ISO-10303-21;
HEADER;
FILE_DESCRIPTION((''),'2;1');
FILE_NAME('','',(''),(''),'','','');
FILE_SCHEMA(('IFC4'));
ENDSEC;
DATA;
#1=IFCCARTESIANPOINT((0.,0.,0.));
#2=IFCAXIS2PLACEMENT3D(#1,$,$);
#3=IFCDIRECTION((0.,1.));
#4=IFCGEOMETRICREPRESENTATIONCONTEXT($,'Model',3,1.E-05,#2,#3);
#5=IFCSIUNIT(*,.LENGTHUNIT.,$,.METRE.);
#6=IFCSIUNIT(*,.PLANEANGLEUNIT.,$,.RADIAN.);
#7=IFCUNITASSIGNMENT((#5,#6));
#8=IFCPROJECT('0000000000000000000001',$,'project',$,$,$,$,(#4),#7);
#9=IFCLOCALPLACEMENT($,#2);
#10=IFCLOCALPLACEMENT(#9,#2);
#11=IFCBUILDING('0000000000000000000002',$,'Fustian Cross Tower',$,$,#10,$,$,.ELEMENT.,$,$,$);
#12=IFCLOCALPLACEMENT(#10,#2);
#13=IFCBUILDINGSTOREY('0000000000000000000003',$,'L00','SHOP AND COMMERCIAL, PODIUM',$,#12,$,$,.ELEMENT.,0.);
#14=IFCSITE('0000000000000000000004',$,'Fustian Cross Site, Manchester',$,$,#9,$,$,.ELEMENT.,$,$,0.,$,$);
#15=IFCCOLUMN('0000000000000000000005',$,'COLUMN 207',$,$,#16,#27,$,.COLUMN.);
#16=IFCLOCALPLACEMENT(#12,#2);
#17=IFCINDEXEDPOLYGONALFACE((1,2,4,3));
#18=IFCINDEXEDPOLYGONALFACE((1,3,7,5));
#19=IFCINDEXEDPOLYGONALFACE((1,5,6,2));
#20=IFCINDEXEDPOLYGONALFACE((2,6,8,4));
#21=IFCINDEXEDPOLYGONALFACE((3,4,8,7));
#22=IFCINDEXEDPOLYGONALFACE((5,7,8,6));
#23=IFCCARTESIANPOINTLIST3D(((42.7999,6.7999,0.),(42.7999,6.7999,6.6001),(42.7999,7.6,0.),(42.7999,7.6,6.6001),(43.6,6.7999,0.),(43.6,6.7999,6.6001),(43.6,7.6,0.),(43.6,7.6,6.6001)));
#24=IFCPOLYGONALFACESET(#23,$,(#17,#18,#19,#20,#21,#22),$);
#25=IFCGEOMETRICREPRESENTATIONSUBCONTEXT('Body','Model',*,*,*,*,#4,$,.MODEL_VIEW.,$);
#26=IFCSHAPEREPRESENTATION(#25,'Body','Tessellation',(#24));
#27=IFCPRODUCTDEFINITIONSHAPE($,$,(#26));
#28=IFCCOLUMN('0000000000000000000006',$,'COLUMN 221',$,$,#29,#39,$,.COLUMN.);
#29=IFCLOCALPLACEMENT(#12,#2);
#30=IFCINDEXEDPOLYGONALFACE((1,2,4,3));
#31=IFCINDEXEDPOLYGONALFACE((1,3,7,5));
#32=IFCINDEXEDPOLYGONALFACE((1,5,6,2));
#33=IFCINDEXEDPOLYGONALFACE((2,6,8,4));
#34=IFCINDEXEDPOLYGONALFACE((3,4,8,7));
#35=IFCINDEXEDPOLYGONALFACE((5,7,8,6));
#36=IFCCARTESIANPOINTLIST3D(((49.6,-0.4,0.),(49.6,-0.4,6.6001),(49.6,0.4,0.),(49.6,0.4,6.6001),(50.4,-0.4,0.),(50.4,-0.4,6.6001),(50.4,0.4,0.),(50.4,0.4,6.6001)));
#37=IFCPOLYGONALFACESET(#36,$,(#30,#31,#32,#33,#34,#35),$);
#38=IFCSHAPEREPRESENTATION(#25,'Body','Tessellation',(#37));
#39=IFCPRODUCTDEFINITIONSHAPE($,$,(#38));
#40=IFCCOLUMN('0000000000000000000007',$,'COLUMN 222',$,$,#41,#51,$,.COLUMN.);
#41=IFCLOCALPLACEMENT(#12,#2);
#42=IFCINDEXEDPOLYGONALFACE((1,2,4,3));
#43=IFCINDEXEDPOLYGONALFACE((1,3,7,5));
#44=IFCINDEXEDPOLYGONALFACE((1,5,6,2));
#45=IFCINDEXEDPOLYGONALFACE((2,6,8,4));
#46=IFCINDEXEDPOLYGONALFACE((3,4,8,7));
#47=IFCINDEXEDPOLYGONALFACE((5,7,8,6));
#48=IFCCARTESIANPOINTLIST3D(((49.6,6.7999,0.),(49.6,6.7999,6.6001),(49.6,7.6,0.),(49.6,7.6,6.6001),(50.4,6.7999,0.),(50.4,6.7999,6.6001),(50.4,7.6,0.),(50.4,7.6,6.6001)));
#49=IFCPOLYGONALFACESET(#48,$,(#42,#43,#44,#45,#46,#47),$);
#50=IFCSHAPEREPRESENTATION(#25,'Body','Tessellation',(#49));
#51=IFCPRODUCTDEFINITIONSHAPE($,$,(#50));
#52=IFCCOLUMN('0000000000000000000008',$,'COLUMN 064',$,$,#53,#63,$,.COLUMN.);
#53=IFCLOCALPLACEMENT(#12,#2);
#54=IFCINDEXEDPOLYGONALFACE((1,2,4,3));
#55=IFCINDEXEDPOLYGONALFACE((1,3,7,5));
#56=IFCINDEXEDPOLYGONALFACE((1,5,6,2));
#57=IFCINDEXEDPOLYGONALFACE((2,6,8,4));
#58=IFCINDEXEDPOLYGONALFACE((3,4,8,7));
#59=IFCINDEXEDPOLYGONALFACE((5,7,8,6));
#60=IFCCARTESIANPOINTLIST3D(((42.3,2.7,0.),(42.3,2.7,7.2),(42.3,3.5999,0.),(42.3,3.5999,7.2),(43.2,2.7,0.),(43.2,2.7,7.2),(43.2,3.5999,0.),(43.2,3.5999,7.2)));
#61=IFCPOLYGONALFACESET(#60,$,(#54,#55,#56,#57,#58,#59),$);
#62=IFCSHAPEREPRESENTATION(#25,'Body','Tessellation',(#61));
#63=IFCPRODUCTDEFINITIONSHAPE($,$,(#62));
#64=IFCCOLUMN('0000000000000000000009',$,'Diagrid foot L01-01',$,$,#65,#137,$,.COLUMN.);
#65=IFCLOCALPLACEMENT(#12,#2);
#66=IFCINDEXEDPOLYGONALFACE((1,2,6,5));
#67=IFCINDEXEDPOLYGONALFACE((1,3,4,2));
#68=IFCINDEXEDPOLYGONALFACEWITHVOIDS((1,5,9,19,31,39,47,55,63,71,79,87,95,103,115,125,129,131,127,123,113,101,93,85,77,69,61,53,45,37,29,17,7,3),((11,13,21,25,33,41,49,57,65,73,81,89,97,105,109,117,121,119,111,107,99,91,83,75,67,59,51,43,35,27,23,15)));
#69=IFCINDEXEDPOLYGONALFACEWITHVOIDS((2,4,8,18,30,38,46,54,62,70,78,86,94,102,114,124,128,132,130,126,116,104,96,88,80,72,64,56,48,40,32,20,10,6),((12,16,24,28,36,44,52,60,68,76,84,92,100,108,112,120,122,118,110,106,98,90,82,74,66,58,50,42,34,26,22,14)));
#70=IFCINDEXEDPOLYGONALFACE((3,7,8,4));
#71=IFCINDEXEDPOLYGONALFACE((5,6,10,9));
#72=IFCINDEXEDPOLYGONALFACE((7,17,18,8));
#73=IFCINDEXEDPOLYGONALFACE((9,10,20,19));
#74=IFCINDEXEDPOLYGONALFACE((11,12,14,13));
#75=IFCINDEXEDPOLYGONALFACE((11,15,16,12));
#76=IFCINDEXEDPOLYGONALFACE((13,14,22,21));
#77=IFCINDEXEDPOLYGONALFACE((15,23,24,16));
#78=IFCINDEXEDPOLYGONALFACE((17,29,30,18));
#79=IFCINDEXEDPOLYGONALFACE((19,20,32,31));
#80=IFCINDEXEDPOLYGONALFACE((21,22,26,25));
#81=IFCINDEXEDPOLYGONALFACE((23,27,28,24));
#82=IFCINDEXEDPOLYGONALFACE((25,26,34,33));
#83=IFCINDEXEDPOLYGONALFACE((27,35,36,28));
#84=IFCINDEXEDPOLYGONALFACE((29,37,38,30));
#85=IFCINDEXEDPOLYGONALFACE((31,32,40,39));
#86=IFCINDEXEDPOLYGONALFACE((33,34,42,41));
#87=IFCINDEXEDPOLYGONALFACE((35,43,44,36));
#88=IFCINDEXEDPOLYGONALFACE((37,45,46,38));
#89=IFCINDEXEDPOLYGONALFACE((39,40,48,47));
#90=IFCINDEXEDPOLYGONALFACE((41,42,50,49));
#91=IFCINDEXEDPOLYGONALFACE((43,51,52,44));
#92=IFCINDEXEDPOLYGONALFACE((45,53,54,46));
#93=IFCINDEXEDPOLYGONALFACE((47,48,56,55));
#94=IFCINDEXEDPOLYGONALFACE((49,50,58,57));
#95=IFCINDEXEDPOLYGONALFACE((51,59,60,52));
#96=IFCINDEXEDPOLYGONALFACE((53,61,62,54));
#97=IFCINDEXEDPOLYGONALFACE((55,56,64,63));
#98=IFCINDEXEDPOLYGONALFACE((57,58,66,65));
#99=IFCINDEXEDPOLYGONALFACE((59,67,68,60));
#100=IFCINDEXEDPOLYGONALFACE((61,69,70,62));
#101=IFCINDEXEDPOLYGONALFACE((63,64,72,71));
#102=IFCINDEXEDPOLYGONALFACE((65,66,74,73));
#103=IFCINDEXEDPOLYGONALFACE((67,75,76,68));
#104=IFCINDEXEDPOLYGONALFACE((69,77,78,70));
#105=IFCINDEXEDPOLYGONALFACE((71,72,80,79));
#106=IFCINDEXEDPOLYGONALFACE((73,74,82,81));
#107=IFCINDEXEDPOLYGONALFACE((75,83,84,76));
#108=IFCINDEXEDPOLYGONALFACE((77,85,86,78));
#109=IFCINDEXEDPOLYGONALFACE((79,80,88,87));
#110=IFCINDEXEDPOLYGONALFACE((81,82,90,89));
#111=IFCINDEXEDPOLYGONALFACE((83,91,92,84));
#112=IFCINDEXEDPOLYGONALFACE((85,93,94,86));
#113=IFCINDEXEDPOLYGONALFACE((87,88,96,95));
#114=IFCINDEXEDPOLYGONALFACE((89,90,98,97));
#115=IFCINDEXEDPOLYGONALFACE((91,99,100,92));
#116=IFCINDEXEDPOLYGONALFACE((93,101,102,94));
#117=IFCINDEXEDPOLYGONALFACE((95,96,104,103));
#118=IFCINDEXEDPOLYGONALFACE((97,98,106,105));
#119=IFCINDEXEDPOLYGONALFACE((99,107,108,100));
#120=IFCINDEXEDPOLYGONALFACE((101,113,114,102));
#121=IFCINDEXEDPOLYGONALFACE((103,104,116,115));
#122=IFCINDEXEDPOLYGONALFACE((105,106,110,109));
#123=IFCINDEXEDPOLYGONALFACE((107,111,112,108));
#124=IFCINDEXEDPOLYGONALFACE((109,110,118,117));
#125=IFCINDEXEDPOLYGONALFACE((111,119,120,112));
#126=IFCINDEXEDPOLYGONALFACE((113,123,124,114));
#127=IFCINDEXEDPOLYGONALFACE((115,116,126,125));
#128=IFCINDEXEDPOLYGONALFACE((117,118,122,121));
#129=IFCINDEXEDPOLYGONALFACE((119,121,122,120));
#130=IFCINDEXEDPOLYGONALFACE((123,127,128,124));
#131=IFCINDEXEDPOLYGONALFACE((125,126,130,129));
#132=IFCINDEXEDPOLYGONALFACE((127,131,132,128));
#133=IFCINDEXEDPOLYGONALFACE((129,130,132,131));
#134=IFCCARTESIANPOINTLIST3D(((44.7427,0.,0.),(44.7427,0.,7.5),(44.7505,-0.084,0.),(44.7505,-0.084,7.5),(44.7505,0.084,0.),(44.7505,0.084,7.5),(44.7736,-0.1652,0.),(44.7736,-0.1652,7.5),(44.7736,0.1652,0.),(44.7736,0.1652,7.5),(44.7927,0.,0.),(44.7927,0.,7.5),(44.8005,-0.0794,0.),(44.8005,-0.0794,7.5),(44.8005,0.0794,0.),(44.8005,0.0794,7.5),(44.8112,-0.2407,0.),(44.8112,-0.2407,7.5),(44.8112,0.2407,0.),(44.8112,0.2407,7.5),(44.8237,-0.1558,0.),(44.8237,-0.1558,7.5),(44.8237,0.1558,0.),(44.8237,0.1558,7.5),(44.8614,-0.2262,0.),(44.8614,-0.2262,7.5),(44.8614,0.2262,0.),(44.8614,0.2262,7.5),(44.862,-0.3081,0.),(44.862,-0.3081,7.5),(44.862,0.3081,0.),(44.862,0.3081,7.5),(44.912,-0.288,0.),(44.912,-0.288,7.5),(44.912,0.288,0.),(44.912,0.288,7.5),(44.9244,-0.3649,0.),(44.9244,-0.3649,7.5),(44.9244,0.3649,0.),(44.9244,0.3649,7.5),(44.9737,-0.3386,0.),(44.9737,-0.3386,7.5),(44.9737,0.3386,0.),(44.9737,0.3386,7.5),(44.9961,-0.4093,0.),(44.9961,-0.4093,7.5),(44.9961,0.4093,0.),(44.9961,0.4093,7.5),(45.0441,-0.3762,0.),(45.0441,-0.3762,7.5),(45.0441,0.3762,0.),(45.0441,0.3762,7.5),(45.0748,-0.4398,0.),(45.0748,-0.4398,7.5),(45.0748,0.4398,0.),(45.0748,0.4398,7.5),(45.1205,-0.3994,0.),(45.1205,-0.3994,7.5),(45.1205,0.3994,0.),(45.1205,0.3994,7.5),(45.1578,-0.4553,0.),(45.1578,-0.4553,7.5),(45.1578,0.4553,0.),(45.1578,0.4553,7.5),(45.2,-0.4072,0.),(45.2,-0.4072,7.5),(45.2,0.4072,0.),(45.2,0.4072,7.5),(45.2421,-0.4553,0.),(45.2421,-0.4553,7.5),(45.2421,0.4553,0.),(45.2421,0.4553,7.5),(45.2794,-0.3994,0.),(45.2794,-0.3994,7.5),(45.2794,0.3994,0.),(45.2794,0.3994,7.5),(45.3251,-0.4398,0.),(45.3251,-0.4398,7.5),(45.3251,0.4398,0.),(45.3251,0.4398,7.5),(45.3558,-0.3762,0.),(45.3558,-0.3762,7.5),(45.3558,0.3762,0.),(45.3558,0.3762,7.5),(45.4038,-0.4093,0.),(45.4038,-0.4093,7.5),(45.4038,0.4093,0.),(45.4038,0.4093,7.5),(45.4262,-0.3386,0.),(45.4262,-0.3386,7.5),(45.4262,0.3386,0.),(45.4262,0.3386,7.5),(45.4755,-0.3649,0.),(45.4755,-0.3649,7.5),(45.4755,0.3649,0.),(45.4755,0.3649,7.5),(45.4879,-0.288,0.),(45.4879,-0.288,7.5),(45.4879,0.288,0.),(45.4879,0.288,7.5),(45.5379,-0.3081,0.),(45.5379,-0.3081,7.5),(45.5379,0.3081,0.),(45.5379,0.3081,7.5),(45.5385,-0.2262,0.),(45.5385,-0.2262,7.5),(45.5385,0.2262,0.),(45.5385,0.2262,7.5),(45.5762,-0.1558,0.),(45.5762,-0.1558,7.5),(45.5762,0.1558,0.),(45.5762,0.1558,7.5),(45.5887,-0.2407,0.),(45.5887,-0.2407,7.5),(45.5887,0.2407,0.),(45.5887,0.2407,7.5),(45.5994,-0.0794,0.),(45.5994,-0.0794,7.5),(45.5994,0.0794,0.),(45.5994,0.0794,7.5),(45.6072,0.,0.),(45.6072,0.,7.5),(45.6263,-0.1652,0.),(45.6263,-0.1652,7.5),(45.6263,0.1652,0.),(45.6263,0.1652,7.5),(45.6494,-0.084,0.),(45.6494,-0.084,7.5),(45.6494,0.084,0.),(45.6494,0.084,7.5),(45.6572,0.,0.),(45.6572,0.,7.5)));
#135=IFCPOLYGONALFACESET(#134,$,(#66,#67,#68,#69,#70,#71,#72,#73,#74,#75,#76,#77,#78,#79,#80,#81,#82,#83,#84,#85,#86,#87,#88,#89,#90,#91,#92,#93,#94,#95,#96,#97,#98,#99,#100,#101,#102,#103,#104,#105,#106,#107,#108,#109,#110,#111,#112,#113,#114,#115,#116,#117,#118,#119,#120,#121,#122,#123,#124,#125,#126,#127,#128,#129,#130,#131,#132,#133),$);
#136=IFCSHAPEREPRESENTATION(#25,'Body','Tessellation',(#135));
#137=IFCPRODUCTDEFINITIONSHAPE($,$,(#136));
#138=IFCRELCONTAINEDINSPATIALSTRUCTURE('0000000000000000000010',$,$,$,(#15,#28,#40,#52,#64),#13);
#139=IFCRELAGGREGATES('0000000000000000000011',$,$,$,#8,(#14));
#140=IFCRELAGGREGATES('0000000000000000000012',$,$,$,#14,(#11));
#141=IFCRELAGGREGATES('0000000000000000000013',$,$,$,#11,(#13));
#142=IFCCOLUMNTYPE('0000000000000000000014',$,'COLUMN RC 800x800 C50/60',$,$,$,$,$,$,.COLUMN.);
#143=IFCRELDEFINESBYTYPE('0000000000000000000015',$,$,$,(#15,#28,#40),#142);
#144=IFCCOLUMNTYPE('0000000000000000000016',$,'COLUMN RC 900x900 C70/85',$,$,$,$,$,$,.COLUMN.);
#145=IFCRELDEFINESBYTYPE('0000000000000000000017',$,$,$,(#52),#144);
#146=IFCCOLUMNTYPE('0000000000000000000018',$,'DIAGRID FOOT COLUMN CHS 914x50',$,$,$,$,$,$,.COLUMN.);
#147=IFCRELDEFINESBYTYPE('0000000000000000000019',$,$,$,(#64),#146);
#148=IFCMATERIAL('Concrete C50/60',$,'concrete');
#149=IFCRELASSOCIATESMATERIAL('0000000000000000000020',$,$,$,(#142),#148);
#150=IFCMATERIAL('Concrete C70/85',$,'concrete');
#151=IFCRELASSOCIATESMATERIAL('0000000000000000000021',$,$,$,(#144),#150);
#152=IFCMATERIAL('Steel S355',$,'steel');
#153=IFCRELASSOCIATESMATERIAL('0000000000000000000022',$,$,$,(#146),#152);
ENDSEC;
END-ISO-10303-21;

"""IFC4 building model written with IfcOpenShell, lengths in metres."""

from ifc_helpers import new_model, si_unit, direction, frame, origin, origin_2d, place, context, subcontext, project, spatial, rectangle, hollow_circle, extrude, material, material_profile, profile_set, type_object, element, save


model = new_model("IFC4")

# Units and contexts
model_context = context("Model", 3, precision=1e-05, world=origin(), true_north=direction((0.0, 1.0)))
body_context = subcontext(model_context, "Body", "Model", "MODEL_VIEW")
ifc_project = project(units=[si_unit("LENGTHUNIT", "METRE"), si_unit("PLANEANGLEUNIT", "RADIAN")], contexts=[model_context])

# Site, building, storey
site_placement = place(None, origin())
site = spatial("IfcSite", under=ifc_project, at=site_placement, Name="Fustian Cross Site, Manchester", CompositionType="ELEMENT", RefElevation=0.0)
building_placement = place(site_placement, origin())
building = spatial("IfcBuilding", under=site, at=building_placement, Name="Fustian Cross Tower", CompositionType="ELEMENT")
storey_placement = place(building_placement, origin())
storey = spatial("IfcBuildingStorey", under=building, at=storey_placement, Name="L00", Description="SHOP AND COMMERCIAL, PODIUM", CompositionType="ELEMENT", Elevation=0.0)

# Columns
ifc_material_1 = material(Name="Concrete C50/60", Category="concrete")
ifc_material_profile_1 = material_profile(ifc_material_1, rectangle(XDim=0.8, YDim=0.8, at=origin_2d()), Name="RC 800x800")
ifc_profile_set_1 = profile_set([ifc_material_profile_1], Name="Concrete C50/60")
column_type_1 = type_object("IfcColumnType", Name="COLUMN RC 800x800 C50/60", PredefinedType="COLUMN", material=ifc_profile_set_1)
for number, where, z_axis, x_axis, name in (
    (1, (43.2, 7.2, 0.0), (0.0, 0.0, 1.0), (1.0, 0.0, 0.0), "COLUMN 207"),
    (2, (50.0, 0.0, 0.0), (0.0, 0.0, 1.0), (1.0, 0.0, 0.0), "COLUMN 221"),
    (3, (50.0, 7.2, 0.0), (0.0, 0.0, 1.0), (1.0, 0.0, 0.0), "COLUMN 222"),
):
    element("IfcColumn", number, at=place(storey_placement, frame(where, z_axis=z_axis, x_axis=x_axis)), inside=storey, type_object=column_type_1, Name=name, PredefinedType="COLUMN", context=body_context, shape_type="SweptSolid", body=[
        extrude(rectangle(XDim=0.8, YDim=0.8, at=origin_2d()), origin(), (0.0, 0.0, 1.0), 6.6001),
    ])
ifc_material_2 = material(Name="Concrete C70/85", Category="concrete")
ifc_material_profile_2 = material_profile(ifc_material_2, rectangle(XDim=0.8999, YDim=0.8999, at=origin_2d()), Name="RC 900x900")
ifc_profile_set_2 = profile_set([ifc_material_profile_2], Name="Concrete C70/85")
column_type_2 = type_object("IfcColumnType", Name="COLUMN RC 900x900 C70/85", PredefinedType="COLUMN", material=ifc_profile_set_2)
column_placement = place(storey_placement, frame((42.75, 3.1499, 0.0), z_axis=(0.0, 0.0, 1.0), x_axis=(1.0, 0.0, 0.0)))
element("IfcColumn", 4, at=column_placement, inside=storey, type_object=column_type_2, Name="COLUMN 064", PredefinedType="COLUMN", context=body_context, shape_type="SweptSolid", body=[
    extrude(rectangle(XDim=0.8999, YDim=0.8999, at=origin_2d()), origin(), (0.0, 0.0, 1.0), 7.2),
])
ifc_material_3 = material(Name="Steel S355", Category="steel")
ifc_material_profile_3 = material_profile(ifc_material_3, hollow_circle(Radius=0.4573, WallThickness=0.05, at=origin_2d()), Name="CHS 914x50")
ifc_profile_set_3 = profile_set([ifc_material_profile_3], Name="Steel S355")
column_type_3 = type_object("IfcColumnType", Name="DIAGRID FOOT COLUMN CHS 914x50", PredefinedType="COLUMN", material=ifc_profile_set_3)
for number, where, z_axis, x_axis, name in (
    (5, (45.2, 0.0, 0.0), (0.0, 0.0, 1.0), (1.0, 0.0, 0.0), "Diagrid foot L01-01"),
):
    element("IfcColumn", number, at=place(storey_placement, frame(where, z_axis=z_axis, x_axis=x_axis)), inside=storey, type_object=column_type_3, Name=name, PredefinedType="COLUMN", context=body_context, shape_type="SweptSolid", body=[
        extrude(hollow_circle(Radius=0.4573, WallThickness=0.05, at=origin_2d()), origin(), (0.0, 0.0, 1.0), 7.5),
    ])

save(model, "model.ifc")
